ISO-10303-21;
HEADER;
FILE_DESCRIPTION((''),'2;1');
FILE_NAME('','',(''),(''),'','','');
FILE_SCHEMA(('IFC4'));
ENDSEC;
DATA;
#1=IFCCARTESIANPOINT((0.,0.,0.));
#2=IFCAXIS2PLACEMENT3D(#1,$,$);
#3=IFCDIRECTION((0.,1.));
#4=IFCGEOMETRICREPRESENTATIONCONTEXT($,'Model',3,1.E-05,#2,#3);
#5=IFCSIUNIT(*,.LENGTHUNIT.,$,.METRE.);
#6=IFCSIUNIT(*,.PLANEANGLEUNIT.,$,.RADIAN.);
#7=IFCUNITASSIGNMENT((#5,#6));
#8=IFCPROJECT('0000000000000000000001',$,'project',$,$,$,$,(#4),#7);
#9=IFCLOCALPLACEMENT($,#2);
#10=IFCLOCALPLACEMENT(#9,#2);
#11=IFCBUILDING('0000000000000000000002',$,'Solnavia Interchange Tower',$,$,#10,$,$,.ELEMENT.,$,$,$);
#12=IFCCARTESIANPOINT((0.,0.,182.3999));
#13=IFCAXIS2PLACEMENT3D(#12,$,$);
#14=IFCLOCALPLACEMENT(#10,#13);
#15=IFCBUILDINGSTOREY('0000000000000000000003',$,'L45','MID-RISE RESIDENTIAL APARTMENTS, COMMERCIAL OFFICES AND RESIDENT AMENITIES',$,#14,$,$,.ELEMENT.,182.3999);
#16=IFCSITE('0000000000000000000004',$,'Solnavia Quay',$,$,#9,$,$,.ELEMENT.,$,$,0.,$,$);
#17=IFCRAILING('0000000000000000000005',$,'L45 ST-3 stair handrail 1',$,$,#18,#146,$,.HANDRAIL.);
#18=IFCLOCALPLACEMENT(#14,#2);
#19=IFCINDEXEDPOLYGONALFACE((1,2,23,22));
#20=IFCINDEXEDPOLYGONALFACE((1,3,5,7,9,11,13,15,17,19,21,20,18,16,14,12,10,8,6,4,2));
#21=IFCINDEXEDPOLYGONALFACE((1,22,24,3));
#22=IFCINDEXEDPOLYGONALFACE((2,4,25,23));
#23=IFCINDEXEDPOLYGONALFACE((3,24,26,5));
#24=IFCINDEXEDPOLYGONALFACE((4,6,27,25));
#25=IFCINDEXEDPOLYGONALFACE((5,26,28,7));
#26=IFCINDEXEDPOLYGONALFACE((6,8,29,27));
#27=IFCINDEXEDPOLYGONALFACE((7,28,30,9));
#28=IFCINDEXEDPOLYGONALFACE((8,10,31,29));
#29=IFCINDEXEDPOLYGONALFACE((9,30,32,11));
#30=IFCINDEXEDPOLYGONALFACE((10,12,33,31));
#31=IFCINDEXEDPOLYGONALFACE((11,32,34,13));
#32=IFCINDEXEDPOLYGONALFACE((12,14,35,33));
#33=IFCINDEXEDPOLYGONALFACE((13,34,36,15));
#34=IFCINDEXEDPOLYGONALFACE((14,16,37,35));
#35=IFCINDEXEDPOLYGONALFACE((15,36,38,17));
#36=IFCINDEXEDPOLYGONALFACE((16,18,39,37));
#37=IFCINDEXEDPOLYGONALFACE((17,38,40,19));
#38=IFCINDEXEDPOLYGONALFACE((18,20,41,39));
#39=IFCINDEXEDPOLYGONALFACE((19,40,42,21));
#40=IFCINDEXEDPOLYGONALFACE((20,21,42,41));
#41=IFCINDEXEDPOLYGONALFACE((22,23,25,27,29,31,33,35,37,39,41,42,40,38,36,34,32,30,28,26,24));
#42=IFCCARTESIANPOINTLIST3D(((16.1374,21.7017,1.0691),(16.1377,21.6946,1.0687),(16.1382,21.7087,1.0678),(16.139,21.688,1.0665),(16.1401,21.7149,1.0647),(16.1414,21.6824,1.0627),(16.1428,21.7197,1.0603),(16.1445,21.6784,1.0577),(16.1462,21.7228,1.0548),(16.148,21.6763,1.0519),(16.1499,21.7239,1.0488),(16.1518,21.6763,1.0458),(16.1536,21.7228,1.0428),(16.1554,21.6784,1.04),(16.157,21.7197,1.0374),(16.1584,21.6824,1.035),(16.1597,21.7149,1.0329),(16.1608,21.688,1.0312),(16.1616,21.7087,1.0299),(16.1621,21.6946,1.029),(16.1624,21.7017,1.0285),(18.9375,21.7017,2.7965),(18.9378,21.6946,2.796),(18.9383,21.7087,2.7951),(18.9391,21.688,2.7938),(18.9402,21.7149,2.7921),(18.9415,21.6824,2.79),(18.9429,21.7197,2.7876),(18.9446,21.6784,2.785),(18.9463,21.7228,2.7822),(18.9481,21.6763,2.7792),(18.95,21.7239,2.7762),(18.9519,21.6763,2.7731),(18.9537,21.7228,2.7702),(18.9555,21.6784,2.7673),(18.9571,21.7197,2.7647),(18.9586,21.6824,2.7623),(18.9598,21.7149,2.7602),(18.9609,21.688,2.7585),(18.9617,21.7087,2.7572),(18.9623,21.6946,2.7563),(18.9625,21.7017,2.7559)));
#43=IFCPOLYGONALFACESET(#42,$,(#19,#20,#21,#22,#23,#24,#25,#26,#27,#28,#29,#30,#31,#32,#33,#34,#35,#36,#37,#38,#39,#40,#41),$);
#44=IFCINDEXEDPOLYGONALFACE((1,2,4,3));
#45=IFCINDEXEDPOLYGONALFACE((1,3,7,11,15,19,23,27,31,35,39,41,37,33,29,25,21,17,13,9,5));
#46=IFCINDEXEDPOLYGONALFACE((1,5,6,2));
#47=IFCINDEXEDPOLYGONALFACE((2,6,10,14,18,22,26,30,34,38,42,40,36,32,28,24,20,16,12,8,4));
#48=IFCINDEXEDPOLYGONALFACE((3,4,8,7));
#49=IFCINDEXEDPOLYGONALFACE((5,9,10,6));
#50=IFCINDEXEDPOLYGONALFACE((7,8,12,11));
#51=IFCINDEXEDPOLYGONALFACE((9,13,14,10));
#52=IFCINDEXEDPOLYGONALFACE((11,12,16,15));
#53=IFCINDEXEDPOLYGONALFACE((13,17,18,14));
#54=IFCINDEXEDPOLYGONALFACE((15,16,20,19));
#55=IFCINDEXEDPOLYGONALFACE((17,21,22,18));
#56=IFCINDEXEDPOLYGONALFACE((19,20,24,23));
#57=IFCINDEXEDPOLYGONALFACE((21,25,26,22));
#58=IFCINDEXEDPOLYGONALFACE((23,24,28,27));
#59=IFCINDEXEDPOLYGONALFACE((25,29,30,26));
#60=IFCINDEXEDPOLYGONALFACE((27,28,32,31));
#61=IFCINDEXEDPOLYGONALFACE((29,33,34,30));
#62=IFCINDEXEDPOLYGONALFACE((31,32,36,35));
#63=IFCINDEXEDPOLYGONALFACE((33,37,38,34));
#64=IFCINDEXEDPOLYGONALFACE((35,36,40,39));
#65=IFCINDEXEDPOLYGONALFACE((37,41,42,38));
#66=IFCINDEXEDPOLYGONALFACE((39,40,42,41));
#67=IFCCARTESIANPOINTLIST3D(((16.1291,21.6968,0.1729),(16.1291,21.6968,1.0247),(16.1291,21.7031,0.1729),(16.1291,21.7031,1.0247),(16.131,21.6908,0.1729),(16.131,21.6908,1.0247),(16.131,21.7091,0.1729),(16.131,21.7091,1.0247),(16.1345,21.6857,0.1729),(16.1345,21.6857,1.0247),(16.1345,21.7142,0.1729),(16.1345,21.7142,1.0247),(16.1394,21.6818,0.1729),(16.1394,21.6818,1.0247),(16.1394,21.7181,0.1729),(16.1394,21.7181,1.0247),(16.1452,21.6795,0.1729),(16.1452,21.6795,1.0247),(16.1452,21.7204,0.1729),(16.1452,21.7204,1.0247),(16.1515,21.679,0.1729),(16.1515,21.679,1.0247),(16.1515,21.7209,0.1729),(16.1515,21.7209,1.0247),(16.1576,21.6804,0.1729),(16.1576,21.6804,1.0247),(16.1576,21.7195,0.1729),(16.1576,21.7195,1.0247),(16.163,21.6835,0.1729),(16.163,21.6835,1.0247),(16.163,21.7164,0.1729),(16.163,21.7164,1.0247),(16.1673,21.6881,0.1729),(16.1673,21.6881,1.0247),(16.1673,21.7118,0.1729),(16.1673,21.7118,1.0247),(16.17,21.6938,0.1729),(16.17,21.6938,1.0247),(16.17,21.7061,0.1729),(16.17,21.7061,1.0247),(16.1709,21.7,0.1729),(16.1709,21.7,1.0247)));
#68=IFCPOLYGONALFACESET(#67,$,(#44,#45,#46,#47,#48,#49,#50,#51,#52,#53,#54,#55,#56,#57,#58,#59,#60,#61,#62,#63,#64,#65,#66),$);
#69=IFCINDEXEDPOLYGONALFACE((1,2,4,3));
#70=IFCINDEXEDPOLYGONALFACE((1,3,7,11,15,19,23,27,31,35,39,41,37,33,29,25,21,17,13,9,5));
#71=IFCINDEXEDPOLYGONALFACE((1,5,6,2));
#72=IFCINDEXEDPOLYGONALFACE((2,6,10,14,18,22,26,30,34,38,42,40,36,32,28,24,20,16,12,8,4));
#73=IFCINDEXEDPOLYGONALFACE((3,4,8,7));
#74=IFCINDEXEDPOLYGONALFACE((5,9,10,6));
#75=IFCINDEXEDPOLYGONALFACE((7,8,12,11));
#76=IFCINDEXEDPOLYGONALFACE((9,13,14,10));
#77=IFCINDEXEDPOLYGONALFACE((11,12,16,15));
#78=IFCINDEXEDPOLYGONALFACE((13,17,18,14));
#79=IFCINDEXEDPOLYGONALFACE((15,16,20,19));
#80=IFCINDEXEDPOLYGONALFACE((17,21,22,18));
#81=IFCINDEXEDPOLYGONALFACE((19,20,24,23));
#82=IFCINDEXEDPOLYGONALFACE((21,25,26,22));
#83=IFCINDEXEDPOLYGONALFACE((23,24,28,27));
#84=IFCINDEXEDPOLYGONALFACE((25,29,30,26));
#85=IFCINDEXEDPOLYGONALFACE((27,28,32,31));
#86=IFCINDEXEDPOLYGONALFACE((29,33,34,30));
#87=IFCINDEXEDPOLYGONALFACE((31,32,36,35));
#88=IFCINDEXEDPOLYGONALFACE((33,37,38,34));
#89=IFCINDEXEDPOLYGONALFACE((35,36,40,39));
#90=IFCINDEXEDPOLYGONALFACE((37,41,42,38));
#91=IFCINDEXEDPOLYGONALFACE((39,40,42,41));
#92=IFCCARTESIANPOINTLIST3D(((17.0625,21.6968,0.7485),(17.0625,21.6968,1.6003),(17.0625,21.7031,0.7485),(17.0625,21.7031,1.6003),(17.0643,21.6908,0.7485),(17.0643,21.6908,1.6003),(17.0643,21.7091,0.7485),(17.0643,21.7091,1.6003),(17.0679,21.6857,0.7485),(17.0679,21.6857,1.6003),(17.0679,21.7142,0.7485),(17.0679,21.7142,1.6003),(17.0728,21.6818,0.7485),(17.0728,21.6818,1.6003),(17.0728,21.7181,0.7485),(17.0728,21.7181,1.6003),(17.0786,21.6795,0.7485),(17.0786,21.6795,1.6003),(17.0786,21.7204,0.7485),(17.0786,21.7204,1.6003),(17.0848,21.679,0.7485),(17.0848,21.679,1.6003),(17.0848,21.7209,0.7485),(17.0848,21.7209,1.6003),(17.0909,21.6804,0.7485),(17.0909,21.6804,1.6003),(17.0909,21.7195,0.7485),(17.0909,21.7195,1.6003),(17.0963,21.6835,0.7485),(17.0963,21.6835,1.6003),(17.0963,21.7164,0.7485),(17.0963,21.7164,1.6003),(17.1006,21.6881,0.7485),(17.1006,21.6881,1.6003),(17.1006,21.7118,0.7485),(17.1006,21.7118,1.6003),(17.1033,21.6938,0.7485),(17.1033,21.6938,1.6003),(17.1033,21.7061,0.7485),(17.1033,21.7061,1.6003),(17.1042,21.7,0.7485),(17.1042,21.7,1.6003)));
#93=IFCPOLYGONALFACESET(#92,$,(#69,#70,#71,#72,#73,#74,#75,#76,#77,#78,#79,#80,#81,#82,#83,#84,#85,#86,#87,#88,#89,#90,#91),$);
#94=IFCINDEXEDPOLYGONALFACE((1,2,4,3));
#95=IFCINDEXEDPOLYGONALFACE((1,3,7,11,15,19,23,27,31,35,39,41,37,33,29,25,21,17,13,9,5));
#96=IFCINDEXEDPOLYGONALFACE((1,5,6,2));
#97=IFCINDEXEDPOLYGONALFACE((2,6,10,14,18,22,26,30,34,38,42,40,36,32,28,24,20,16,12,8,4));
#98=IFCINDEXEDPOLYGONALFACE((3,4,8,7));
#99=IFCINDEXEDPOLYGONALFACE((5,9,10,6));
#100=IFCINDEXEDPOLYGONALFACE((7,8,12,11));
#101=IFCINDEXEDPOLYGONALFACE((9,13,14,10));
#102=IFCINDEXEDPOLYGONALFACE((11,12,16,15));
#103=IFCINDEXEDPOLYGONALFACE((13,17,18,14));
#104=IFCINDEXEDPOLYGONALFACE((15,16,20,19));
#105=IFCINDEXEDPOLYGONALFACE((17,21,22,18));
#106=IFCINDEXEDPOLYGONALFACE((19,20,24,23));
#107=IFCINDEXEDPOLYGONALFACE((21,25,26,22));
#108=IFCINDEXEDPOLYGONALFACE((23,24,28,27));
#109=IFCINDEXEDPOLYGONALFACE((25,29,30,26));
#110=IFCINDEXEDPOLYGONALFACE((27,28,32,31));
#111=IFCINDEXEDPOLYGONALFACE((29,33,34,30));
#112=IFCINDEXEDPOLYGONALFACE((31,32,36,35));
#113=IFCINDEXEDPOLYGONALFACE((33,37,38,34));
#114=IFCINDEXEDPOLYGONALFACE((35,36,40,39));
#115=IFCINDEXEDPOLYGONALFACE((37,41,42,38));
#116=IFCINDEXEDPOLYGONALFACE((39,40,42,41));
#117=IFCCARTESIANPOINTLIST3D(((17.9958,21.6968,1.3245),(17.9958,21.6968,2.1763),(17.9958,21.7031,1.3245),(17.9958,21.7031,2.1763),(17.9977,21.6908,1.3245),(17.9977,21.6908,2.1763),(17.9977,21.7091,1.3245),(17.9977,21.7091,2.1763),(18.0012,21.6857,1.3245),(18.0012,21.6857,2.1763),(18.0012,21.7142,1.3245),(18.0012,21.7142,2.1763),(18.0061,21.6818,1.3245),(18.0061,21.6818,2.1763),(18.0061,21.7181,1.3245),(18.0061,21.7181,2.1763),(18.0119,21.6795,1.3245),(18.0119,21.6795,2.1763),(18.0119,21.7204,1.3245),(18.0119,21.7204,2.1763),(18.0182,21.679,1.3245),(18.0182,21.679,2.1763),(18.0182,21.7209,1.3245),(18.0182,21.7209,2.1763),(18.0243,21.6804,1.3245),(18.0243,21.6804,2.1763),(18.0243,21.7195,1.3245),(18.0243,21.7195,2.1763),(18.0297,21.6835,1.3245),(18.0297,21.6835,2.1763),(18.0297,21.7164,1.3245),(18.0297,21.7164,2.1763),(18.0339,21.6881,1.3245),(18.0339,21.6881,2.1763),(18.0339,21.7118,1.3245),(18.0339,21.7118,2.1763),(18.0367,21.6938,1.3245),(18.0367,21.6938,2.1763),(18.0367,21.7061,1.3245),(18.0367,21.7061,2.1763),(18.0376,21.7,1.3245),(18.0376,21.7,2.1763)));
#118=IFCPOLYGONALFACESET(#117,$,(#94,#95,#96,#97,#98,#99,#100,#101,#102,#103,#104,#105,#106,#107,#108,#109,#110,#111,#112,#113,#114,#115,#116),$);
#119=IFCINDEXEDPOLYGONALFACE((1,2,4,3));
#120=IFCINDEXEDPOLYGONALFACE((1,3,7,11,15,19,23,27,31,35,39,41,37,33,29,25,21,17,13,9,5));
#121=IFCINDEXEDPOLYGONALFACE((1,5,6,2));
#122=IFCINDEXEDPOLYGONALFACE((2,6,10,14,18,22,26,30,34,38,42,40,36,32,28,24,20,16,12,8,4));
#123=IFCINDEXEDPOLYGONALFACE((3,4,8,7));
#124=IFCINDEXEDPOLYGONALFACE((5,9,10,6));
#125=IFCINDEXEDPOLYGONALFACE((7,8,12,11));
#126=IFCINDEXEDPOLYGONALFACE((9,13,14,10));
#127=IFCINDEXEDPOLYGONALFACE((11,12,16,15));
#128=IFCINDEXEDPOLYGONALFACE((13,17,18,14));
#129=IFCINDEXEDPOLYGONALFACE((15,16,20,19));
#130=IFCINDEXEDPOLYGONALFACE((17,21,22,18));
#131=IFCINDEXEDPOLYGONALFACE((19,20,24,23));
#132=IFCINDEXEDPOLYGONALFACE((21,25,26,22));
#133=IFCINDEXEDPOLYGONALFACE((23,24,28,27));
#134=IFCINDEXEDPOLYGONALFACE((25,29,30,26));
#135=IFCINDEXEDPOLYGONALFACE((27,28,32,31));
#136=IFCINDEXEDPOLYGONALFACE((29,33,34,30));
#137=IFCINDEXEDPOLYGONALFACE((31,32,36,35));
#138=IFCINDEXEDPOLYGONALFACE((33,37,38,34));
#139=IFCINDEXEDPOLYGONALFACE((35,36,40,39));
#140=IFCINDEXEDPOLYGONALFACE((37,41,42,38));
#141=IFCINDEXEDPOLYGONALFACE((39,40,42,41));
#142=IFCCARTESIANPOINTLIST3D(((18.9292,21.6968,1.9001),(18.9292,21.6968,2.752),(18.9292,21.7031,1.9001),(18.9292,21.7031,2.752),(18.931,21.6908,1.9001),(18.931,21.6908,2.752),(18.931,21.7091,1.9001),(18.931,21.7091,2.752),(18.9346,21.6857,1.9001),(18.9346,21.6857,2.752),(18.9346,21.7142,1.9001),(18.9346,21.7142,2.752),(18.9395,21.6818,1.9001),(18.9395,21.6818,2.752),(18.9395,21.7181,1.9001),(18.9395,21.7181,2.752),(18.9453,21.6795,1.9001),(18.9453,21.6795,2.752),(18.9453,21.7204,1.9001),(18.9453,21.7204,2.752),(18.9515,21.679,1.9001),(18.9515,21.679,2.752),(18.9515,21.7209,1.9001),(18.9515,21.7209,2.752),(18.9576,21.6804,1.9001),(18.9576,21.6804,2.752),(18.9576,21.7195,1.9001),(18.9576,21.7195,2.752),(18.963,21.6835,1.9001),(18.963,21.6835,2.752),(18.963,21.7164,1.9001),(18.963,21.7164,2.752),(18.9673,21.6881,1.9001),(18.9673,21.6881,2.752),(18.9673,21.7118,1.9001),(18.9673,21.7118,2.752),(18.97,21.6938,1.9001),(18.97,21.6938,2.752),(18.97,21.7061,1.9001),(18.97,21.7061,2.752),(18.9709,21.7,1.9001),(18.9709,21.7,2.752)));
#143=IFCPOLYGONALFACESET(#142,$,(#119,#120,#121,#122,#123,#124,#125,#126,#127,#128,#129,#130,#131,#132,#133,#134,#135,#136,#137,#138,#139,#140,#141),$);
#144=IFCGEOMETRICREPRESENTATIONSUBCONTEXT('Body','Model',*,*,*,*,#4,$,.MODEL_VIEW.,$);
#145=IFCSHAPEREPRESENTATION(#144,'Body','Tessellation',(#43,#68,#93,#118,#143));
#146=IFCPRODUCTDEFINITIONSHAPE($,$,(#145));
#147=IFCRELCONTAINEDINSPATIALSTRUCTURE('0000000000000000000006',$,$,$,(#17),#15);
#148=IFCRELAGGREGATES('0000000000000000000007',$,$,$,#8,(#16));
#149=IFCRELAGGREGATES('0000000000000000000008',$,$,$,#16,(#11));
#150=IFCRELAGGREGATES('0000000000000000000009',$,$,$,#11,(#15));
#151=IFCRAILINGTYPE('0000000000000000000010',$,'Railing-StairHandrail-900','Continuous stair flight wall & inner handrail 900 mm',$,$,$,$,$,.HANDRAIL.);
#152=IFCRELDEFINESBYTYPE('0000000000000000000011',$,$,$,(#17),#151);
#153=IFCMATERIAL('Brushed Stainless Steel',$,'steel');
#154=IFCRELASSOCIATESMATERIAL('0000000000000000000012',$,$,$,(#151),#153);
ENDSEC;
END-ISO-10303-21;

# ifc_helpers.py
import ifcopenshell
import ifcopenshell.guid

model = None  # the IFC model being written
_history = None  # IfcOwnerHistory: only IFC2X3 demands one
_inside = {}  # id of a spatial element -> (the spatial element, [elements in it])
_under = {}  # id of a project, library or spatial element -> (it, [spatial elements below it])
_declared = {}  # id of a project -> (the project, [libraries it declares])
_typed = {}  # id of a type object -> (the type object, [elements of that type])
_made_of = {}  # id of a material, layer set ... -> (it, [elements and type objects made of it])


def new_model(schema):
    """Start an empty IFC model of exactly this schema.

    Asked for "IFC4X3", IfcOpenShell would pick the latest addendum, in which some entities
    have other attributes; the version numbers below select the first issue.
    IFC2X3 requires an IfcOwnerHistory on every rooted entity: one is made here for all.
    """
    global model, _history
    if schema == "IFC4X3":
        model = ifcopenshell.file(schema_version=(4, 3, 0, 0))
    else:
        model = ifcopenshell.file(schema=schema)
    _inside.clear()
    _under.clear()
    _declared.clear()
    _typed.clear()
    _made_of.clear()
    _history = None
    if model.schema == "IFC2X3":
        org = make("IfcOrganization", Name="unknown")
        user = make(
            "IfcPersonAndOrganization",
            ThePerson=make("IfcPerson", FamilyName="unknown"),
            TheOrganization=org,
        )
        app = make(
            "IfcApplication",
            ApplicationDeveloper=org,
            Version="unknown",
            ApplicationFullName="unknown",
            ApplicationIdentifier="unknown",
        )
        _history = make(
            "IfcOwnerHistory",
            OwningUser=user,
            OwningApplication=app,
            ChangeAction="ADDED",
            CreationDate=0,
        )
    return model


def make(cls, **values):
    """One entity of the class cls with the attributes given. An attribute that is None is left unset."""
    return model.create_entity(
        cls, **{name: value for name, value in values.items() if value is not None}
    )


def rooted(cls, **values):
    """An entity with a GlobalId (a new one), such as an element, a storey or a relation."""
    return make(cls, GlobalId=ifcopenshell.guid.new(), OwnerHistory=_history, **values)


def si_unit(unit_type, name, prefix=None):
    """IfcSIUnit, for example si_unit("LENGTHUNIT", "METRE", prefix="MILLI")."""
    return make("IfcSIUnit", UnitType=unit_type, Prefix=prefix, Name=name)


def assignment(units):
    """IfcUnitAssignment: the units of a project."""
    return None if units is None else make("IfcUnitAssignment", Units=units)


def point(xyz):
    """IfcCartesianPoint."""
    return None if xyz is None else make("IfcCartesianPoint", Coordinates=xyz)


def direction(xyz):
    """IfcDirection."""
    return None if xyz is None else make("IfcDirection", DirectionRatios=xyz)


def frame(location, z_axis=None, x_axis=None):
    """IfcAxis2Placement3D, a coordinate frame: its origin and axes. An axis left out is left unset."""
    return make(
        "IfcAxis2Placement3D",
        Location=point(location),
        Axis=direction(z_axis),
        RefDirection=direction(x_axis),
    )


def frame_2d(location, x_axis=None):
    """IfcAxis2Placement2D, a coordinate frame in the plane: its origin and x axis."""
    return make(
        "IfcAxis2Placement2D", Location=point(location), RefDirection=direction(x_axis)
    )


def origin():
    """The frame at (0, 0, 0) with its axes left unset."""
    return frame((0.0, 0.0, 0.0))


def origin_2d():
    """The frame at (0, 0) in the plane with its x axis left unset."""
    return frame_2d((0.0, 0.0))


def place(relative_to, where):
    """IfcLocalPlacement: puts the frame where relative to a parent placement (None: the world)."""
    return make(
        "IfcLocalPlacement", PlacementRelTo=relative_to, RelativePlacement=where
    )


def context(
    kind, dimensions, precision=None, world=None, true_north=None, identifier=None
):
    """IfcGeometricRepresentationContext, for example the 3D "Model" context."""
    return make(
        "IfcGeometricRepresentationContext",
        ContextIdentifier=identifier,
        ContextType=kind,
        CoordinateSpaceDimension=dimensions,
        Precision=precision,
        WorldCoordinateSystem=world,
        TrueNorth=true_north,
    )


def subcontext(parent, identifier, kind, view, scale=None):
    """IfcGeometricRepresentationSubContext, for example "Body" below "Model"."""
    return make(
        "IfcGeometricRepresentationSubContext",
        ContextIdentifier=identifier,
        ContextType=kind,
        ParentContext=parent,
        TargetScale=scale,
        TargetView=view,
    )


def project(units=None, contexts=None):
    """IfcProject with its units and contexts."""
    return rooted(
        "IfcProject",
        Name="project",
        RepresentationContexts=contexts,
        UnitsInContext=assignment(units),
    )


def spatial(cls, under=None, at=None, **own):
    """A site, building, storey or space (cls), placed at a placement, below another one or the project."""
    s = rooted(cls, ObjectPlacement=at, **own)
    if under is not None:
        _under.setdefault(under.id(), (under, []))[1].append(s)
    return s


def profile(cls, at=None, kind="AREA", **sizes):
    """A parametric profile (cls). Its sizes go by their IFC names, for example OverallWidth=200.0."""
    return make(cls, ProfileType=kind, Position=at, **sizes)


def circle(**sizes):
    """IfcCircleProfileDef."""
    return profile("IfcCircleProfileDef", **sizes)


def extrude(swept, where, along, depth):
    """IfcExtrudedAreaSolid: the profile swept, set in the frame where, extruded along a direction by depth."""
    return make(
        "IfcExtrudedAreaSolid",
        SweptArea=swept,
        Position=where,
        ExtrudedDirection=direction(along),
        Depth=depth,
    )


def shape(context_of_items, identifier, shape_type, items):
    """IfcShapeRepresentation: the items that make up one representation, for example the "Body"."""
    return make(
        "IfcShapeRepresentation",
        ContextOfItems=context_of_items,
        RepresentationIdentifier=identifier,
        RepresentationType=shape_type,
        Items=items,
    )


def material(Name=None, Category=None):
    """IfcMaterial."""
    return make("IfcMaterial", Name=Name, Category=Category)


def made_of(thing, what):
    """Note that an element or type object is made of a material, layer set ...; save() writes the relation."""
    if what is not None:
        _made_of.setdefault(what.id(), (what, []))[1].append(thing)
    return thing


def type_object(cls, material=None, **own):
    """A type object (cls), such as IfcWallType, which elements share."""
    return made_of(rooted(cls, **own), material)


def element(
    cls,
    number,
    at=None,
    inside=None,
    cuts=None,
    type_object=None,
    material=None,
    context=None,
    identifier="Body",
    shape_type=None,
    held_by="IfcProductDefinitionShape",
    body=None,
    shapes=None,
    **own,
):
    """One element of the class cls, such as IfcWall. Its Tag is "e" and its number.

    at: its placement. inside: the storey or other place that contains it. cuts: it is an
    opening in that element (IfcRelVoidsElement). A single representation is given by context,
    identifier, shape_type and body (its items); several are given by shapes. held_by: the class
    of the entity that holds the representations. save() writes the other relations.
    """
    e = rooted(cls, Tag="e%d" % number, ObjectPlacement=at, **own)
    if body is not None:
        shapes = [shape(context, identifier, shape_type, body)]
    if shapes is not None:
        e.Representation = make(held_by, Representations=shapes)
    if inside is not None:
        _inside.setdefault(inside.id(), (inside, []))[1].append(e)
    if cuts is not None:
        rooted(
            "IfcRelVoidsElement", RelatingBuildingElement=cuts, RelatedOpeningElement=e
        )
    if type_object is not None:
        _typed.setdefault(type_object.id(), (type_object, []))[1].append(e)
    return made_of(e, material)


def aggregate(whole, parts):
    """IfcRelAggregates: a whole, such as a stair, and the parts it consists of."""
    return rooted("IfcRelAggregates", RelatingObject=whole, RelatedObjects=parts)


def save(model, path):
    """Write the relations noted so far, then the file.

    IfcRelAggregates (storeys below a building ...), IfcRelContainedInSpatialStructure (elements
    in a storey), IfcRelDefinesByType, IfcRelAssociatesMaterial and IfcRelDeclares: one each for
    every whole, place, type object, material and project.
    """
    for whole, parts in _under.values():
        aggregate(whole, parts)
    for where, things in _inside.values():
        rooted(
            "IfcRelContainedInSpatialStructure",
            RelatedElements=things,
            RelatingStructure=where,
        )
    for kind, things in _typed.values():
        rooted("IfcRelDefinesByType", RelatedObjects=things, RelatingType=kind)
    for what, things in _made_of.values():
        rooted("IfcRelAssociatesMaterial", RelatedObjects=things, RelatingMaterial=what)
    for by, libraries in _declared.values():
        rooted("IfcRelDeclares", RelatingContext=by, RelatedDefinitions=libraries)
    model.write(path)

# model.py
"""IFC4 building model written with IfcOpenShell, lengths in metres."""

from ifc_helpers import new_model, si_unit, direction, frame, origin, origin_2d, place, context, subcontext, project, spatial, circle, extrude, material, type_object, element, save


model = new_model("IFC4")

# Units and contexts
model_context = context("Model", 3, precision=1e-05, world=origin(), true_north=direction((0.0, 1.0)))
body_context = subcontext(model_context, "Body", "Model", "MODEL_VIEW")
ifc_project = project(units=[si_unit("LENGTHUNIT", "METRE"), si_unit("PLANEANGLEUNIT", "RADIAN")], contexts=[model_context])

# Site, building, storey
site_placement = place(None, origin())
site = spatial("IfcSite", under=ifc_project, at=site_placement, Name="Solnavia Quay", CompositionType="ELEMENT", RefElevation=0.0)
building_placement = place(site_placement, origin())
building = spatial("IfcBuilding", under=site, at=building_placement, Name="Solnavia Interchange Tower", CompositionType="ELEMENT")
storey_placement = place(building_placement, frame((0.0, 0.0, 182.3999)))
storey = spatial("IfcBuildingStorey", under=building, at=storey_placement, Name="L45", Description="MID-RISE RESIDENTIAL APARTMENTS, COMMERCIAL OFFICES AND RESIDENT AMENITIES", CompositionType="ELEMENT", Elevation=182.3999)

# Railing
ifc_material_1 = material(Name="Brushed Stainless Steel", Category="steel")
railing_type_1 = type_object("IfcRailingType", Name="Railing-StairHandrail-900", Description="Continuous stair flight wall & inner handrail 900 mm", PredefinedType="HANDRAIL", material=ifc_material_1)
railing_1_placement = place(storey_placement, frame((16.1499, 21.7, 0.1729)))
element("IfcRailing", 1, at=railing_1_placement, inside=storey, type_object=railing_type_1, Name="L45 ST-3 stair handrail 1", PredefinedType="HANDRAIL", context=body_context, shape_type="SweptSolid", body=[
    extrude(circle(Radius=0.0239, at=origin_2d()), frame((0.0, 0.0, 0.876), z_axis=(0.85109, 0.0, 0.52502), x_axis=(0.0, 1.0, 0.0)), (0.0, 0.0, 1.0), 3.29),
    extrude(circle(Radius=0.021, at=origin_2d()), origin(), (0.0, 0.0, 1.0), 0.8518),
    extrude(circle(Radius=0.021, at=origin_2d()), frame((0.9333, 0.0, 0.5757)), (0.0, 0.0, 1.0), 0.8518),
    extrude(circle(Radius=0.021, at=origin_2d()), frame((1.8667, 0.0, 1.1516)), (0.0, 0.0, 1.0), 0.8518),
    extrude(circle(Radius=0.021, at=origin_2d()), frame((2.8, 0.0, 1.7273)), (0.0, 0.0, 1.0), 0.8518),
])

save(model, "model.ifc")
